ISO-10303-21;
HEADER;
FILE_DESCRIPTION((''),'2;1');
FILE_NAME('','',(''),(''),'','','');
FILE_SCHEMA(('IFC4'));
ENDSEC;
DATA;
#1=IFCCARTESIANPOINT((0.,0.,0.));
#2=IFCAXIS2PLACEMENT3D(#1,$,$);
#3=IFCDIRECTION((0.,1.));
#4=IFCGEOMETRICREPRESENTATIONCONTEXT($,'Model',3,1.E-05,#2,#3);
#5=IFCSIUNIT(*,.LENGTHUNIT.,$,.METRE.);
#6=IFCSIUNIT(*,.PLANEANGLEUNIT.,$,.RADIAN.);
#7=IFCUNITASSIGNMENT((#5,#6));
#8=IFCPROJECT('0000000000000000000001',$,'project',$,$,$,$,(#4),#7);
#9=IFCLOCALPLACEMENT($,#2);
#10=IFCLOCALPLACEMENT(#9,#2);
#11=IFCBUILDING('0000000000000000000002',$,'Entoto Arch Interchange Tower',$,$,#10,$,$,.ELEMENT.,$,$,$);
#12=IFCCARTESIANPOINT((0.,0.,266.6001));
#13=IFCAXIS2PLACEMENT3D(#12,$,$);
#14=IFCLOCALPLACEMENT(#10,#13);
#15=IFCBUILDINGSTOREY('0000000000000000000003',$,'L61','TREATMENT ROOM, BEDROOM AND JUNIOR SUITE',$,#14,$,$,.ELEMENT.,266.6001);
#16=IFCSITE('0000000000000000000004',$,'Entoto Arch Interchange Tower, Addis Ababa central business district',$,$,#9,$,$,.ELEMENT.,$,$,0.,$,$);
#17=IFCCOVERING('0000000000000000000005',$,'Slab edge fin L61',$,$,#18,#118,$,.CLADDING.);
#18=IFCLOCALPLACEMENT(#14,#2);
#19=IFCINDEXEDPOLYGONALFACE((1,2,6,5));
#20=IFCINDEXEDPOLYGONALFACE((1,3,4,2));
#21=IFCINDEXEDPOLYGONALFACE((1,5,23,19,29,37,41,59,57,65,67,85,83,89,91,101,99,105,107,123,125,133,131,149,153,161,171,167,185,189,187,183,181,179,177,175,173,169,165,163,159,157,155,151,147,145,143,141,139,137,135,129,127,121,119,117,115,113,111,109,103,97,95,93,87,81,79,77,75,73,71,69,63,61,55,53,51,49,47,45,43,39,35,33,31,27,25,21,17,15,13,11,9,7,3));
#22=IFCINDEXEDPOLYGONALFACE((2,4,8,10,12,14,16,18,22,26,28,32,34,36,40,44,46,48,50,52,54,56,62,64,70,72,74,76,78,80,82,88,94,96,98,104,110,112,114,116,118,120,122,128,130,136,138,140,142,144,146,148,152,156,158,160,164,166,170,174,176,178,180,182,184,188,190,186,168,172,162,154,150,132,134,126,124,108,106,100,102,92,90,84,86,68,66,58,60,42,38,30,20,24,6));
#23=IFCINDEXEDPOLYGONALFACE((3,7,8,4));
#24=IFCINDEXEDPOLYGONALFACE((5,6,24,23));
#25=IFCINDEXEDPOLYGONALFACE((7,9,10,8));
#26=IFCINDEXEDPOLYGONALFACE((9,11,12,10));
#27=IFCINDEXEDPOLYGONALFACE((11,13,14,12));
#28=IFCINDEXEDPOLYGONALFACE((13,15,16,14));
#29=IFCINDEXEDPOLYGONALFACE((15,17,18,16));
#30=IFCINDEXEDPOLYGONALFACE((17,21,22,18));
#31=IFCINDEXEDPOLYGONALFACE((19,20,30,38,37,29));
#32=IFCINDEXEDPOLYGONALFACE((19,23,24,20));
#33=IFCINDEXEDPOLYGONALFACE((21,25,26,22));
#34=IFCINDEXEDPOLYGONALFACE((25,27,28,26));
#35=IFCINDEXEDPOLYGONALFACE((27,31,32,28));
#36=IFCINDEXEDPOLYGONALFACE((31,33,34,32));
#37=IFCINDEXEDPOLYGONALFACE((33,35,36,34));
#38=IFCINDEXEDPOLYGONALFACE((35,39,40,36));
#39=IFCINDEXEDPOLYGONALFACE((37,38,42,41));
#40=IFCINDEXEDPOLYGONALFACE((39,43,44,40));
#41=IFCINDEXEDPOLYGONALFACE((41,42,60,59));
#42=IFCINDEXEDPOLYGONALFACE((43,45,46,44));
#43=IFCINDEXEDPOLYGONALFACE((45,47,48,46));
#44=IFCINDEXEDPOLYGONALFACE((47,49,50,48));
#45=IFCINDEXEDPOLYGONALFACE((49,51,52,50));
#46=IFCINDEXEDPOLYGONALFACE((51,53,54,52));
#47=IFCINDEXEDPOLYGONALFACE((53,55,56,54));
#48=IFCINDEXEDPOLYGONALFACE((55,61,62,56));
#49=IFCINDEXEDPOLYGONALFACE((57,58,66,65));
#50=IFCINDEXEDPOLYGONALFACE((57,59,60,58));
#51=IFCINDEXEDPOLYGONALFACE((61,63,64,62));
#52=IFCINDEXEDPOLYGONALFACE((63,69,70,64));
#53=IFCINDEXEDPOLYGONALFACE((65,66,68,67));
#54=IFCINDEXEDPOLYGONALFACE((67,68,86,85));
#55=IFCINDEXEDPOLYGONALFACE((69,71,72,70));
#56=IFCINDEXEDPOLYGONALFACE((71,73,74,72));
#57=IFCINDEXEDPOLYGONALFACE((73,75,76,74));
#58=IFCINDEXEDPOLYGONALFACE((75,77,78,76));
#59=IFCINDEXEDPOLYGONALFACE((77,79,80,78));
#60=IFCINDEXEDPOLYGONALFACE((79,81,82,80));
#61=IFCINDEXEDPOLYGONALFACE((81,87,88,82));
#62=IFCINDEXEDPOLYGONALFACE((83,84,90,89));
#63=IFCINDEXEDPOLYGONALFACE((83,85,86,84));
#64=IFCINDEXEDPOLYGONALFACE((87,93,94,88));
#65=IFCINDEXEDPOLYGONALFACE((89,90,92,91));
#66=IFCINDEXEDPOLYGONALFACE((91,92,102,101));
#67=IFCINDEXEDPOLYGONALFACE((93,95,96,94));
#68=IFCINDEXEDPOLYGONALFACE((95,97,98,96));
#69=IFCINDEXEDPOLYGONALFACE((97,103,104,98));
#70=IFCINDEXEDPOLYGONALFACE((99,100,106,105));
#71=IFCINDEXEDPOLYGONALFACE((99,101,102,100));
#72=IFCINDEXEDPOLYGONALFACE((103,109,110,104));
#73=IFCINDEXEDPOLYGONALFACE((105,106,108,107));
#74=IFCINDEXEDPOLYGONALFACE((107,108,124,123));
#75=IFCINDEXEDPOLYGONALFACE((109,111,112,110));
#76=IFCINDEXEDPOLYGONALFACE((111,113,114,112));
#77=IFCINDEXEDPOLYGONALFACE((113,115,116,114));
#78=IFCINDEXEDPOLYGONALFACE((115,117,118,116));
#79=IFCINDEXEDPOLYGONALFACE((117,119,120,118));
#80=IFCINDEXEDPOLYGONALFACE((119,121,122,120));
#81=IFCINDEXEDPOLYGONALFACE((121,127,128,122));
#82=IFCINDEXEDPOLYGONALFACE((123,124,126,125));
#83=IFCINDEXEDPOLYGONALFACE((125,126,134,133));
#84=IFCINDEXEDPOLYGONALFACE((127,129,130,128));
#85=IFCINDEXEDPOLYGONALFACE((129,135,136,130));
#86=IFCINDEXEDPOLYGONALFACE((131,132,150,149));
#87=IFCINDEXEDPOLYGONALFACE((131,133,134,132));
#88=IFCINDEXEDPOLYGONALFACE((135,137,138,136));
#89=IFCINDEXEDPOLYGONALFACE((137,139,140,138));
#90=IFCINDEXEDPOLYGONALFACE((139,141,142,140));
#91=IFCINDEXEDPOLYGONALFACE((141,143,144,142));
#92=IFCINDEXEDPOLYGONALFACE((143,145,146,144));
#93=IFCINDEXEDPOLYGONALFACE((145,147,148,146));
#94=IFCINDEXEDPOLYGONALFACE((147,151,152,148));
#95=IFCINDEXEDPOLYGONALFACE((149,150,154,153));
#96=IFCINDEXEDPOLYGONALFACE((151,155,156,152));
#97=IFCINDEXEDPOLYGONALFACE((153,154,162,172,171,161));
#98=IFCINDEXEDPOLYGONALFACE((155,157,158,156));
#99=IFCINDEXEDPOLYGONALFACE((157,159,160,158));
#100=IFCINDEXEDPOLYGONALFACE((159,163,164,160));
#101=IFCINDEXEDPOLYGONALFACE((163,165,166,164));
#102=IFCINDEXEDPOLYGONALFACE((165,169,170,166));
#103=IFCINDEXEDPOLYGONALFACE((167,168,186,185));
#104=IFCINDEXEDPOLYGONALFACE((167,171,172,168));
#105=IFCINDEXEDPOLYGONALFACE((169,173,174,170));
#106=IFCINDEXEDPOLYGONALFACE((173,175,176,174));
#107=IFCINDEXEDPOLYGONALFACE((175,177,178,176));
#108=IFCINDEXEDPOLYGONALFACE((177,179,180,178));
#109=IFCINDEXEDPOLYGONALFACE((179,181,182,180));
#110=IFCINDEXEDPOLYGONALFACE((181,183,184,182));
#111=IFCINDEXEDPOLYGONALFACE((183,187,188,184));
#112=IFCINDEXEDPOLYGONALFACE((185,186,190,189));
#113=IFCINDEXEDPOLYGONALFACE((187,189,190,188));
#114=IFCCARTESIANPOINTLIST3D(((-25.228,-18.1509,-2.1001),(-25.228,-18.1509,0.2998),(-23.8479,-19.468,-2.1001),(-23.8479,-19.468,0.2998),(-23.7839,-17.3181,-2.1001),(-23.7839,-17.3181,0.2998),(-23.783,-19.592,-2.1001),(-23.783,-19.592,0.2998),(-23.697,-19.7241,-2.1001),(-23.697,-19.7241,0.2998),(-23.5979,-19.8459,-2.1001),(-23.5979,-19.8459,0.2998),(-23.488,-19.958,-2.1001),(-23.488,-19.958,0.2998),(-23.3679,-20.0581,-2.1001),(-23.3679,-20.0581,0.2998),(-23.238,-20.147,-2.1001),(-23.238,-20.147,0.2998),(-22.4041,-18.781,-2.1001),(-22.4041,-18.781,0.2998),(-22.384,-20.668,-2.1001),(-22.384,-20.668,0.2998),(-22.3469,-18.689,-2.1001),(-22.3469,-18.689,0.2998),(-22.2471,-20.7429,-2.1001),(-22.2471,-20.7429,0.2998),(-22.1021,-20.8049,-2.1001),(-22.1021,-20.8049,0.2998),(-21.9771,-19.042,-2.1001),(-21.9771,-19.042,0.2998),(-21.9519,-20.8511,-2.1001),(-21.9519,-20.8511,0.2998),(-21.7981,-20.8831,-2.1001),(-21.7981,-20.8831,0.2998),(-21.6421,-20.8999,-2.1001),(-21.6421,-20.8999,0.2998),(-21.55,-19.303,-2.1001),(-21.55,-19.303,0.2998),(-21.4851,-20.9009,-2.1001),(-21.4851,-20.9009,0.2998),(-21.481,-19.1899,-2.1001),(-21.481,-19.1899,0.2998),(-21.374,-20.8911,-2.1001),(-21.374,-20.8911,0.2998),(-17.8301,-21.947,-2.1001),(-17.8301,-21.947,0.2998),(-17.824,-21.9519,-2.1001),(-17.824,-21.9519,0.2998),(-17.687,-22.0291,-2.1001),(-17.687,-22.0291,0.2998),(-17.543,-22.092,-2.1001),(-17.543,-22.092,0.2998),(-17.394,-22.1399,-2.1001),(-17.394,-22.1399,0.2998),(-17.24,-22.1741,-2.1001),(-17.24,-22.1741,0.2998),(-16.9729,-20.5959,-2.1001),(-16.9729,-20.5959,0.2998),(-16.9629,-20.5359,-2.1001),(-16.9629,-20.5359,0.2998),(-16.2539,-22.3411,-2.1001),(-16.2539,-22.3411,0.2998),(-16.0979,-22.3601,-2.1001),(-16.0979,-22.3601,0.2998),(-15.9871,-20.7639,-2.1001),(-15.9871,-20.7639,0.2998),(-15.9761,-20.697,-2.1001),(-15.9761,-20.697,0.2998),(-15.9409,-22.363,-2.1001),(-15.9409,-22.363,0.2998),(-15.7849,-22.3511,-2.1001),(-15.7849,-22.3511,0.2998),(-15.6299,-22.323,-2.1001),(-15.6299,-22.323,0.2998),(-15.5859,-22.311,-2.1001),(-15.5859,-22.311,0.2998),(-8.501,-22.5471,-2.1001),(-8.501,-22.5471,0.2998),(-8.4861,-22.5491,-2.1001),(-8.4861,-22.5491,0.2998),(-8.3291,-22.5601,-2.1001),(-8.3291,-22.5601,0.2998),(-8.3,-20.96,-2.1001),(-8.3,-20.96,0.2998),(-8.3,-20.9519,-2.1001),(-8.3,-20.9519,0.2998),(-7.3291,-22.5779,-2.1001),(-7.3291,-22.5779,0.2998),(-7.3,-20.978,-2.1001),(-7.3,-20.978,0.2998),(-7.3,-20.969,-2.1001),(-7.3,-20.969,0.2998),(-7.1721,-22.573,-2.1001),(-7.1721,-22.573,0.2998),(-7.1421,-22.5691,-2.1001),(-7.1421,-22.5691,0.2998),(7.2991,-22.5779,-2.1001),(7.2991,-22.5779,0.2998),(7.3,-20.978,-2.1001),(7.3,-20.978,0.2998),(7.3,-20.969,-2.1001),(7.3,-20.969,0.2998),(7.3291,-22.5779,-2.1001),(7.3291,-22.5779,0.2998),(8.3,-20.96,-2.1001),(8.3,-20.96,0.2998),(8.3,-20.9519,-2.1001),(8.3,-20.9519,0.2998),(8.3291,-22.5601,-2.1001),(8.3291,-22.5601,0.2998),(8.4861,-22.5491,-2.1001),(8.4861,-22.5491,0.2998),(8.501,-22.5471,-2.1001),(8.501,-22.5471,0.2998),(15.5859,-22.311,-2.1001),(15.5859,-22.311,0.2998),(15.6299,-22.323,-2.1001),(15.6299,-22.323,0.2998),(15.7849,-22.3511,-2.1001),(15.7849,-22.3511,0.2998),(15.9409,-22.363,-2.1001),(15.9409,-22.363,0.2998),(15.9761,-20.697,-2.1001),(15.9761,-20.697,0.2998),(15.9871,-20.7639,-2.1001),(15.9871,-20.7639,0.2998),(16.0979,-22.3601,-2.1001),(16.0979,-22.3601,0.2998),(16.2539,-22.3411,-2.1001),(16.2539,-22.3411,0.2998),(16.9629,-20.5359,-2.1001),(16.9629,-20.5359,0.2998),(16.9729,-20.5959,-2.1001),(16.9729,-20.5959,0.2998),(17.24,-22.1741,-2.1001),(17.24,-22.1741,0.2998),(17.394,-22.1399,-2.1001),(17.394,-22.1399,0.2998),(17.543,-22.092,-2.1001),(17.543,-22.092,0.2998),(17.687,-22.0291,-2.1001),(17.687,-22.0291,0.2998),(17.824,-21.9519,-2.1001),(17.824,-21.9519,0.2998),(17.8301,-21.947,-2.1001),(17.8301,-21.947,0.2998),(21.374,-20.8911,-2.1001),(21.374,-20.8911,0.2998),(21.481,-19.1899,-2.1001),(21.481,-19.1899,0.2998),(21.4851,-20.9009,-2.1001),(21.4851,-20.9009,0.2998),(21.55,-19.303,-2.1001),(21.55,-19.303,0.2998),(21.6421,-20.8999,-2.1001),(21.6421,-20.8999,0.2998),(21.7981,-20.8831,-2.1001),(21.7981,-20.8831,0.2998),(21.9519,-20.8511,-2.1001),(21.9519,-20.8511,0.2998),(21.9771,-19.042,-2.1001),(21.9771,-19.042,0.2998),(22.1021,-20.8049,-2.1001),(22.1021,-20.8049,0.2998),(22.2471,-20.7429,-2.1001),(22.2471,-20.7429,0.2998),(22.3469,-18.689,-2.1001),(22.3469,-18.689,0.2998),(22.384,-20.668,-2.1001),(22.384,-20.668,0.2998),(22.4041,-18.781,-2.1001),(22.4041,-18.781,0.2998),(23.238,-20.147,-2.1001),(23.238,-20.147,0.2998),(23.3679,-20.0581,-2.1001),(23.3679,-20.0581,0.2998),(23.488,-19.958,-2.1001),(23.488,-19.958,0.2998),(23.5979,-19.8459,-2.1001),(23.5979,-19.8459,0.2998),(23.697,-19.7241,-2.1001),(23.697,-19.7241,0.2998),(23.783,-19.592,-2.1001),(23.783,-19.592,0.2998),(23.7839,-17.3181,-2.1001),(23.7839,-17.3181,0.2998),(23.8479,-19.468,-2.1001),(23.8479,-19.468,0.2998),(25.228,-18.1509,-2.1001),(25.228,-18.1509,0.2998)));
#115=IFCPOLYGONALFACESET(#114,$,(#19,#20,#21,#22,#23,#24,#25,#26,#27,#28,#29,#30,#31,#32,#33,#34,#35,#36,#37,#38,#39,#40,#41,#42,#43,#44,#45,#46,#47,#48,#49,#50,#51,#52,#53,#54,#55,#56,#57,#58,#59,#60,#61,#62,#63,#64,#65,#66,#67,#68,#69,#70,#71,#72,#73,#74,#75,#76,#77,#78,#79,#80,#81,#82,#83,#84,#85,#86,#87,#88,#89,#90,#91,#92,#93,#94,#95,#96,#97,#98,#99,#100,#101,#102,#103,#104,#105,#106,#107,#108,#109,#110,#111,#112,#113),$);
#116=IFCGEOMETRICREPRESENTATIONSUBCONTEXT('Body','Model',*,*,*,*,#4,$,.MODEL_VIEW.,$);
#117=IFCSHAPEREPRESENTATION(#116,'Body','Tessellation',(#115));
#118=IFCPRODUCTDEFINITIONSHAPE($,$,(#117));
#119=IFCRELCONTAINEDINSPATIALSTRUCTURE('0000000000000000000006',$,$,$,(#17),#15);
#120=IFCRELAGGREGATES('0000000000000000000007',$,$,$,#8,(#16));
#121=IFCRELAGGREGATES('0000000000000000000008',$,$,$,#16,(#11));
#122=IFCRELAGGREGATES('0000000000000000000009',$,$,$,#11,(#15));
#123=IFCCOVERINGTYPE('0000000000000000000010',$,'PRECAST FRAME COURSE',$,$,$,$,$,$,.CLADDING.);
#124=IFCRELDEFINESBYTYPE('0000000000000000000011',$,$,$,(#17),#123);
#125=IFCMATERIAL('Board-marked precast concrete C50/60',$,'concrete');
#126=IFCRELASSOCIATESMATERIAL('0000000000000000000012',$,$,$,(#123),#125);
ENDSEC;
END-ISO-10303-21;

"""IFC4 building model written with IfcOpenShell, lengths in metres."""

from ifc_helpers import new_model, si_unit, direction, frame, origin, place, context, subcontext, project, spatial, polyline, outline, extrude, material, type_object, element, save


model = new_model("IFC4")

# Units and contexts
model_context = context("Model", 3, precision=1e-05, world=origin(), true_north=direction((0.0, 1.0)))
body_context = subcontext(model_context, "Body", "Model", "MODEL_VIEW")
ifc_project = project(units=[si_unit("LENGTHUNIT", "METRE"), si_unit("PLANEANGLEUNIT", "RADIAN")], contexts=[model_context])

# Site, building, storey
site_placement = place(None, origin())
site = spatial("IfcSite", under=ifc_project, at=site_placement, Name="Entoto Arch Interchange Tower, Addis Ababa central business district", CompositionType="ELEMENT", RefElevation=0.0)
building_placement = place(site_placement, origin())
building = spatial("IfcBuilding", under=site, at=building_placement, Name="Entoto Arch Interchange Tower", CompositionType="ELEMENT")
storey_placement = place(building_placement, frame((0.0, 0.0, 266.6001)))
storey = spatial("IfcBuildingStorey", under=building, at=storey_placement, Name="L61", Description="TREATMENT ROOM, BEDROOM AND JUNIOR SUITE", CompositionType="ELEMENT", Elevation=266.6001)

# Covering
ifc_material_1 = material(Name="Board-marked precast concrete C50/60", Category="concrete")
covering_type = type_object("IfcCoveringType", Name="PRECAST FRAME COURSE", PredefinedType="CLADDING", material=ifc_material_1)
covering_1_placement = place(storey_placement, frame((0.0, 0.0, -2.1001)))
element("IfcCovering", 1, at=covering_1_placement, inside=storey, type_object=covering_type, Name="Slab edge fin L61", PredefinedType="CLADDING", context=body_context, shape_type="SweptSolid", body=[
    extrude(outline(polyline([(23.5979, -19.8459), (23.488, -19.958), (23.3679, -20.0581), (23.238, -20.147), (22.384, -20.668), (22.2471, -20.7429), (22.1021, -20.8049), (21.9519, -20.8511), (21.7981, -20.8831), (21.6421, -20.8999), (21.4851, -20.9009), (21.374, -20.8911), (17.8301, -21.947), (17.824, -21.9519), (17.687, -22.0291), (17.543, -22.092), (17.394, -22.1399), (17.24, -22.1741), (16.2539, -22.3411), (16.0979, -22.3601), (15.9409, -22.363), (15.7849, -22.3511), (15.6299, -22.323), (15.5859, -22.311), (8.501, -22.5471), (8.4861, -22.5491), (8.3291, -22.5601), (7.3291, -22.5779), (7.2991, -22.5779), (-7.1421, -22.5691), (-7.1721, -22.573), (-7.3291, -22.5779), (-8.3291, -22.5601), (-8.4861, -22.5491), (-8.501, -22.5471), (-15.5859, -22.311), (-15.6299, -22.323), (-15.7849, -22.3511), (-15.9409, -22.363), (-16.0979, -22.3601), (-16.2539, -22.3411), (-17.24, -22.1741), (-17.394, -22.1399), (-17.543, -22.092), (-17.687, -22.0291), (-17.824, -21.9519), (-17.8301, -21.947), (-21.374, -20.8911), (-21.4851, -20.9009), (-21.6421, -20.8999), (-21.7981, -20.8831), (-21.9519, -20.8511), (-22.1021, -20.8049), (-22.2471, -20.7429), (-22.384, -20.668), (-23.238, -20.147), (-23.3679, -20.0581), (-23.488, -19.958), (-23.5979, -19.8459), (-23.697, -19.7241), (-23.783, -19.592), (-23.8479, -19.468), (-25.228, -18.1509), (-23.7839, -17.3181), (-22.3469, -18.689), (-22.4041, -18.781), (-21.9771, -19.042), (-21.55, -19.303), (-21.481, -19.1899), (-16.9629, -20.5359), (-16.9729, -20.5959), (-15.9871, -20.7639), (-15.9761, -20.697), (-8.3, -20.9519), (-8.3, -20.96), (-7.3, -20.978), (-7.3, -20.969), (7.3, -20.969), (7.3, -20.978), (8.3, -20.96), (8.3, -20.9519), (15.9761, -20.697), (15.9871, -20.7639), (16.9729, -20.5959), (16.9629, -20.5359), (21.481, -19.1899), (21.55, -19.303), (21.9771, -19.042), (22.4041, -18.781), (22.3469, -18.689), (23.7839, -17.3181), (25.228, -18.1509), (23.8479, -19.468), (23.783, -19.592), (23.697, -19.7241), (23.5979, -19.8459)])), origin(), (0.0, 0.0, 1.0), 2.3999),
])

save(model, "model.ifc")
